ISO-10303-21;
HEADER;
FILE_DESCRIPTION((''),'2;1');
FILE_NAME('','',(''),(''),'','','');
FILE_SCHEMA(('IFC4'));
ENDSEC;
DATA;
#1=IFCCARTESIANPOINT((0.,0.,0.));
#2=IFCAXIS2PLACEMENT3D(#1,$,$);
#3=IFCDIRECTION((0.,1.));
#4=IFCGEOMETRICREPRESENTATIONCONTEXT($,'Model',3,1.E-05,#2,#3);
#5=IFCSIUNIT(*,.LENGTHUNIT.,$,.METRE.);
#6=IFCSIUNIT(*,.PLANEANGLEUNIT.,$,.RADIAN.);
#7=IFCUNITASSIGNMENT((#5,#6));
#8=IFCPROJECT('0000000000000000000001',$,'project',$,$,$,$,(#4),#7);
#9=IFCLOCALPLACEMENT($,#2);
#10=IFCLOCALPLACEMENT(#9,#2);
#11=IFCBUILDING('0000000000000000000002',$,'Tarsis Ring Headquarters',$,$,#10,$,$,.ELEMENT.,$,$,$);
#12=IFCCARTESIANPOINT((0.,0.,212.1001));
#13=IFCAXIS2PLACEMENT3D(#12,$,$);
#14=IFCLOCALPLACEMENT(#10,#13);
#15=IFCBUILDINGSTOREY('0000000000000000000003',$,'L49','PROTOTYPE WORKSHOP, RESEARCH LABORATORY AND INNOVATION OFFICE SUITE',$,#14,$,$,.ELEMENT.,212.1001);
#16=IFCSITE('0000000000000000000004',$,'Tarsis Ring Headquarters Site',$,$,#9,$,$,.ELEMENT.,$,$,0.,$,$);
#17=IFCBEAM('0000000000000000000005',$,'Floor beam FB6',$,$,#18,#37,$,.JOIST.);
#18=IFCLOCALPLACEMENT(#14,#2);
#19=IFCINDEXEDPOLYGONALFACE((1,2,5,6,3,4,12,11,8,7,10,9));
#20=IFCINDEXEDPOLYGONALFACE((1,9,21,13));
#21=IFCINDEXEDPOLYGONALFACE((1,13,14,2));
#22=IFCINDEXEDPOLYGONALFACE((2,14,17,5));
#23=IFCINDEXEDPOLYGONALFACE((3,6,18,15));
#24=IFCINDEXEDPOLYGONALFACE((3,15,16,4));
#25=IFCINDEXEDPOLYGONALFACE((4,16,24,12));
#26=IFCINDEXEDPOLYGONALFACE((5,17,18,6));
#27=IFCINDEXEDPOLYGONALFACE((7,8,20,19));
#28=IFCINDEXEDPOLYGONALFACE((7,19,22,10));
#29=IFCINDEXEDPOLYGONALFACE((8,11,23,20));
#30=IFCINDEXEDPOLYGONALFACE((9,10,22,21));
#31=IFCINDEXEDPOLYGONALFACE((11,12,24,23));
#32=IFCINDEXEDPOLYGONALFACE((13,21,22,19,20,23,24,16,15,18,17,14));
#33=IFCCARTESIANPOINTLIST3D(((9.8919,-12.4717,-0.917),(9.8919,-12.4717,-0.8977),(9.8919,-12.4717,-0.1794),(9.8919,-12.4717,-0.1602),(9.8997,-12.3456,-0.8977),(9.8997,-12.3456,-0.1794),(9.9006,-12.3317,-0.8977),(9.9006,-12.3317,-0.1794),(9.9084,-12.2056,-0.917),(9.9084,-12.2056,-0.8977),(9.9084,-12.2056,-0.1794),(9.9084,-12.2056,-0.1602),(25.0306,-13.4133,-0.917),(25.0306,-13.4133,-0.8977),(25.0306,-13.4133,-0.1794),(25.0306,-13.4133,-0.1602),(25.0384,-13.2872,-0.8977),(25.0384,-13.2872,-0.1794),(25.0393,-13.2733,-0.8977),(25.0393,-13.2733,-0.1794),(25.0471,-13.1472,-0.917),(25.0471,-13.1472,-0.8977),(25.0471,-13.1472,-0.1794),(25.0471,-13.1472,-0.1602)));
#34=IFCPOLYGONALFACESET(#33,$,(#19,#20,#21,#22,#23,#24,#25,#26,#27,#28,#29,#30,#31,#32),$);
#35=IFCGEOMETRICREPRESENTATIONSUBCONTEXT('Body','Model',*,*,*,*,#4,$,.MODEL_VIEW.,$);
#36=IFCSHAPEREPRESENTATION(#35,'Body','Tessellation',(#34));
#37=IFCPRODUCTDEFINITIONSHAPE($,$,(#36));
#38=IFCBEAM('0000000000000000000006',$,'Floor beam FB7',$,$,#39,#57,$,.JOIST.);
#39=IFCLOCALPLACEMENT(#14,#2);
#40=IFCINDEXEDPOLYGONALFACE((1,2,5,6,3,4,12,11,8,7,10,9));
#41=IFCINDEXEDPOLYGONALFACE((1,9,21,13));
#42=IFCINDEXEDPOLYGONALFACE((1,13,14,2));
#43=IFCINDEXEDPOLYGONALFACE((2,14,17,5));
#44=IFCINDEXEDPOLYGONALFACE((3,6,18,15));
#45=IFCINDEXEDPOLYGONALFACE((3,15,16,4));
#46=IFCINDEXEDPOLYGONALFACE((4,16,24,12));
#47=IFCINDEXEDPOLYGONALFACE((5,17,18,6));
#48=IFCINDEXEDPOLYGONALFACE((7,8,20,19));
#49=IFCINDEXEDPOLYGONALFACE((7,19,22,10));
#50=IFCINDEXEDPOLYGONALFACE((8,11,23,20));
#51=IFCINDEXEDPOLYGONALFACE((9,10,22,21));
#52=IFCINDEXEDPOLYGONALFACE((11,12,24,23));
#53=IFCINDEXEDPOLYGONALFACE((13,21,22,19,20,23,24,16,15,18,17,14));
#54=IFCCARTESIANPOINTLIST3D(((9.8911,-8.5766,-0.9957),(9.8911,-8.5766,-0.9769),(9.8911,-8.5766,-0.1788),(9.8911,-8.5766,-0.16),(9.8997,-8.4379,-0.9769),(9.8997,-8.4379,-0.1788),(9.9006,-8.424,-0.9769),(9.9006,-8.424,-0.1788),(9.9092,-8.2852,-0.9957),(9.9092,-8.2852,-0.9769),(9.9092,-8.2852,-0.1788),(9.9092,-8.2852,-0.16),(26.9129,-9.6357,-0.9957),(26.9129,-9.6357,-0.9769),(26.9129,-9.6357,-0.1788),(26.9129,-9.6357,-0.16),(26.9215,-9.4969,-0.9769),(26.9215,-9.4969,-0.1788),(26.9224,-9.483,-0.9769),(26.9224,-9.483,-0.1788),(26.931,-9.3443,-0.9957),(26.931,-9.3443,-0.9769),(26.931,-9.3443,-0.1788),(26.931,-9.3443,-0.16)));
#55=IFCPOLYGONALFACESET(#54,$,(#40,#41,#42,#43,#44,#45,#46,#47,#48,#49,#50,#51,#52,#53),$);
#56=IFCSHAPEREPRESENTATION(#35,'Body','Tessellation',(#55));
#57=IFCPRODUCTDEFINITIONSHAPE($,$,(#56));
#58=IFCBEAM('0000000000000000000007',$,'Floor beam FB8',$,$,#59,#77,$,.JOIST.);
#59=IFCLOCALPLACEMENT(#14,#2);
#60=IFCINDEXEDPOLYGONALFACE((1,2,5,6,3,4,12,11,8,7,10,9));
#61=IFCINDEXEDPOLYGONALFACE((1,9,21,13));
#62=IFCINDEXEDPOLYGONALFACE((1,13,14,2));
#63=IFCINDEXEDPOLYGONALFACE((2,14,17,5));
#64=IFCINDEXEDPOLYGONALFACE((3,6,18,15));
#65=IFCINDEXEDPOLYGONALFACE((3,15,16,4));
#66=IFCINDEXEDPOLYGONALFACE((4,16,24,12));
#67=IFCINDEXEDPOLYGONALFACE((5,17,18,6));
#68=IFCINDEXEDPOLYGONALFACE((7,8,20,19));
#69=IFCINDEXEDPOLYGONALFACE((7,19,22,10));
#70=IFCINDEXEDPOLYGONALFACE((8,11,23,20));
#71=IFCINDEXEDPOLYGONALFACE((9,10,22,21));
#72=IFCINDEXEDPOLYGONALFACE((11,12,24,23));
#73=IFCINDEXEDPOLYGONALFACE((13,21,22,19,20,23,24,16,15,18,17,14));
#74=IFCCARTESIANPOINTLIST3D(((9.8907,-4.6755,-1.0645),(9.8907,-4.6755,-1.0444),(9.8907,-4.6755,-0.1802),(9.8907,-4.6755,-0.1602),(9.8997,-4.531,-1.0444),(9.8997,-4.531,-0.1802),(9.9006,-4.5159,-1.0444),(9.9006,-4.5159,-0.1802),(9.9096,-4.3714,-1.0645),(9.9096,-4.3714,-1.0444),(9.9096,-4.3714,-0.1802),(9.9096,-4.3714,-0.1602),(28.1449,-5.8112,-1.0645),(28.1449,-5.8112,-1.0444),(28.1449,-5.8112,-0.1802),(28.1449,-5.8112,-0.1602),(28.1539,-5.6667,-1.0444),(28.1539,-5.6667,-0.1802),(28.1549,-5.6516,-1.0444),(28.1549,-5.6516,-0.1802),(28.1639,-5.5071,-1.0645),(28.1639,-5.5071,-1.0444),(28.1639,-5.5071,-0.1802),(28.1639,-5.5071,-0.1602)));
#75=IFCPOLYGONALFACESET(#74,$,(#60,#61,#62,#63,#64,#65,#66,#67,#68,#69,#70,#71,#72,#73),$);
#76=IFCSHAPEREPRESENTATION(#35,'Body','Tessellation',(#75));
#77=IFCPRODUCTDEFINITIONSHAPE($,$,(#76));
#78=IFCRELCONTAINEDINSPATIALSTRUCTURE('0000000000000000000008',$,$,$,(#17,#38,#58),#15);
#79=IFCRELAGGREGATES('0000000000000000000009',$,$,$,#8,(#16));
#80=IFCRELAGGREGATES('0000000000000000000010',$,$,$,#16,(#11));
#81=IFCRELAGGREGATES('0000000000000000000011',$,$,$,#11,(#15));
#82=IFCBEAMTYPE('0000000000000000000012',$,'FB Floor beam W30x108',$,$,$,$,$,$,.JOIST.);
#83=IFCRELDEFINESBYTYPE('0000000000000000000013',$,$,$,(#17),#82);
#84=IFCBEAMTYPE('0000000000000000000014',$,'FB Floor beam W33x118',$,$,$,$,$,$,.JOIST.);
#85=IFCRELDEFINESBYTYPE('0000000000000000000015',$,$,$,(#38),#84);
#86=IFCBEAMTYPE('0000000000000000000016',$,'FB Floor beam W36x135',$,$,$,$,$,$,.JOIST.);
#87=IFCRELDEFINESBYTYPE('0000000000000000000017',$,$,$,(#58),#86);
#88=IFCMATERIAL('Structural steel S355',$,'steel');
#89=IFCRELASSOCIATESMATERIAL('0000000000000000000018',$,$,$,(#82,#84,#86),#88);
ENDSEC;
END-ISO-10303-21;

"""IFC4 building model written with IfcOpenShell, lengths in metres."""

from ifc_helpers import new_model, si_unit, direction, frame, origin, origin_2d, place, context, subcontext, project, spatial, i_section, extrude, material, material_profile, profile_set, type_object, element, save


model = new_model("IFC4")

# Units and contexts
model_context = context("Model", 3, precision=1e-05, world=origin(), true_north=direction((0.0, 1.0)))
body_context = subcontext(model_context, "Body", "Model", "MODEL_VIEW")
ifc_project = project(units=[si_unit("LENGTHUNIT", "METRE"), si_unit("PLANEANGLEUNIT", "RADIAN")], contexts=[model_context])

# Site, building, storey
site_placement = place(None, origin())
site = spatial("IfcSite", under=ifc_project, at=site_placement, Name="Tarsis Ring Headquarters Site", CompositionType="ELEMENT", RefElevation=0.0)
building_placement = place(site_placement, origin())
building = spatial("IfcBuilding", under=site, at=building_placement, Name="Tarsis Ring Headquarters", CompositionType="ELEMENT")
storey_placement = place(building_placement, frame((0.0, 0.0, 212.1001)))
storey = spatial("IfcBuildingStorey", under=building, at=storey_placement, Name="L49", Description="PROTOTYPE WORKSHOP, RESEARCH LABORATORY AND INNOVATION OFFICE SUITE", CompositionType="ELEMENT", Elevation=212.1001)

# Beams
ifc_material_1 = material(Name="Structural steel S355", Category="steel")
ifc_material_profile_1 = material_profile(ifc_material_1, i_section(OverallWidth=0.2666, OverallDepth=0.7568, WebThickness=0.0139, FlangeThickness=0.0193, at=origin_2d()), Name="W30x108")
ifc_profile_set_1 = profile_set([ifc_material_profile_1], Name="Structural steel S355")
beam_type_1 = type_object("IfcBeamType", Name="FB Floor beam W30x108", PredefinedType="JOIST", material=ifc_profile_set_1)
beam_1_placement = place(storey_placement, frame((9.9001, -12.3386, -0.5386), z_axis=(0.998071, -0.062082, 0.0), x_axis=(0.062082, 0.998071, 0.0)))
element("IfcBeam", 1, at=beam_1_placement, inside=storey, type_object=beam_type_1, Name="Floor beam FB6", PredefinedType="JOIST", context=body_context, shape_type="SweptSolid", body=[
    extrude(i_section(OverallWidth=0.2666, OverallDepth=0.7568, WebThickness=0.0139, FlangeThickness=0.0193, at=origin_2d()), origin(), (0.0, 0.0, 1.0), 15.168),
])
ifc_material_profile_2 = material_profile(ifc_material_1, i_section(OverallWidth=0.292, OverallDepth=0.8357, WebThickness=0.0139, FlangeThickness=0.0188, at=origin_2d()), Name="W33x118")
ifc_profile_set_2 = profile_set([ifc_material_profile_2], Name="Structural steel S355")
beam_type_2 = type_object("IfcBeamType", Name="FB Floor beam W33x118", PredefinedType="JOIST", material=ifc_profile_set_2)
beam_2_placement = place(storey_placement, frame((9.9001, -8.4309, -0.5779), z_axis=(0.99807, -0.062099, 0.0), x_axis=(0.062099, 0.99807, 0.0)))
element("IfcBeam", 2, at=beam_2_placement, inside=storey, type_object=beam_type_2, Name="Floor beam FB7", PredefinedType="JOIST", context=body_context, shape_type="SweptSolid", body=[
    extrude(i_section(OverallWidth=0.292, OverallDepth=0.8357, WebThickness=0.0139, FlangeThickness=0.0188, at=origin_2d()), origin(), (0.0, 0.0, 1.0), 17.0547),
])
ifc_material_profile_3 = material_profile(ifc_material_1, i_section(OverallWidth=0.3047, OverallDepth=0.9043, WebThickness=0.0151, FlangeThickness=0.02, at=origin_2d()), Name="W36x135")
ifc_profile_set_3 = profile_set([ifc_material_profile_3], Name="Structural steel S355")
beam_type_3 = type_object("IfcBeamType", Name="FB Floor beam W36x135", PredefinedType="JOIST", material=ifc_profile_set_3)
beam_3_placement = place(storey_placement, frame((9.9001, -4.5234, -0.6123), z_axis=(0.99807, -0.062098, 0.0), x_axis=(0.062098, 0.99807, 0.0)))
element("IfcBeam", 3, at=beam_3_placement, inside=storey, type_object=beam_type_3, Name="Floor beam FB8", PredefinedType="JOIST", context=body_context, shape_type="SweptSolid", body=[
    extrude(i_section(OverallWidth=0.3047, OverallDepth=0.9043, WebThickness=0.0151, FlangeThickness=0.02, at=origin_2d()), origin(), (0.0, 0.0, 1.0), 18.2896),
])

save(model, "model.ifc")
